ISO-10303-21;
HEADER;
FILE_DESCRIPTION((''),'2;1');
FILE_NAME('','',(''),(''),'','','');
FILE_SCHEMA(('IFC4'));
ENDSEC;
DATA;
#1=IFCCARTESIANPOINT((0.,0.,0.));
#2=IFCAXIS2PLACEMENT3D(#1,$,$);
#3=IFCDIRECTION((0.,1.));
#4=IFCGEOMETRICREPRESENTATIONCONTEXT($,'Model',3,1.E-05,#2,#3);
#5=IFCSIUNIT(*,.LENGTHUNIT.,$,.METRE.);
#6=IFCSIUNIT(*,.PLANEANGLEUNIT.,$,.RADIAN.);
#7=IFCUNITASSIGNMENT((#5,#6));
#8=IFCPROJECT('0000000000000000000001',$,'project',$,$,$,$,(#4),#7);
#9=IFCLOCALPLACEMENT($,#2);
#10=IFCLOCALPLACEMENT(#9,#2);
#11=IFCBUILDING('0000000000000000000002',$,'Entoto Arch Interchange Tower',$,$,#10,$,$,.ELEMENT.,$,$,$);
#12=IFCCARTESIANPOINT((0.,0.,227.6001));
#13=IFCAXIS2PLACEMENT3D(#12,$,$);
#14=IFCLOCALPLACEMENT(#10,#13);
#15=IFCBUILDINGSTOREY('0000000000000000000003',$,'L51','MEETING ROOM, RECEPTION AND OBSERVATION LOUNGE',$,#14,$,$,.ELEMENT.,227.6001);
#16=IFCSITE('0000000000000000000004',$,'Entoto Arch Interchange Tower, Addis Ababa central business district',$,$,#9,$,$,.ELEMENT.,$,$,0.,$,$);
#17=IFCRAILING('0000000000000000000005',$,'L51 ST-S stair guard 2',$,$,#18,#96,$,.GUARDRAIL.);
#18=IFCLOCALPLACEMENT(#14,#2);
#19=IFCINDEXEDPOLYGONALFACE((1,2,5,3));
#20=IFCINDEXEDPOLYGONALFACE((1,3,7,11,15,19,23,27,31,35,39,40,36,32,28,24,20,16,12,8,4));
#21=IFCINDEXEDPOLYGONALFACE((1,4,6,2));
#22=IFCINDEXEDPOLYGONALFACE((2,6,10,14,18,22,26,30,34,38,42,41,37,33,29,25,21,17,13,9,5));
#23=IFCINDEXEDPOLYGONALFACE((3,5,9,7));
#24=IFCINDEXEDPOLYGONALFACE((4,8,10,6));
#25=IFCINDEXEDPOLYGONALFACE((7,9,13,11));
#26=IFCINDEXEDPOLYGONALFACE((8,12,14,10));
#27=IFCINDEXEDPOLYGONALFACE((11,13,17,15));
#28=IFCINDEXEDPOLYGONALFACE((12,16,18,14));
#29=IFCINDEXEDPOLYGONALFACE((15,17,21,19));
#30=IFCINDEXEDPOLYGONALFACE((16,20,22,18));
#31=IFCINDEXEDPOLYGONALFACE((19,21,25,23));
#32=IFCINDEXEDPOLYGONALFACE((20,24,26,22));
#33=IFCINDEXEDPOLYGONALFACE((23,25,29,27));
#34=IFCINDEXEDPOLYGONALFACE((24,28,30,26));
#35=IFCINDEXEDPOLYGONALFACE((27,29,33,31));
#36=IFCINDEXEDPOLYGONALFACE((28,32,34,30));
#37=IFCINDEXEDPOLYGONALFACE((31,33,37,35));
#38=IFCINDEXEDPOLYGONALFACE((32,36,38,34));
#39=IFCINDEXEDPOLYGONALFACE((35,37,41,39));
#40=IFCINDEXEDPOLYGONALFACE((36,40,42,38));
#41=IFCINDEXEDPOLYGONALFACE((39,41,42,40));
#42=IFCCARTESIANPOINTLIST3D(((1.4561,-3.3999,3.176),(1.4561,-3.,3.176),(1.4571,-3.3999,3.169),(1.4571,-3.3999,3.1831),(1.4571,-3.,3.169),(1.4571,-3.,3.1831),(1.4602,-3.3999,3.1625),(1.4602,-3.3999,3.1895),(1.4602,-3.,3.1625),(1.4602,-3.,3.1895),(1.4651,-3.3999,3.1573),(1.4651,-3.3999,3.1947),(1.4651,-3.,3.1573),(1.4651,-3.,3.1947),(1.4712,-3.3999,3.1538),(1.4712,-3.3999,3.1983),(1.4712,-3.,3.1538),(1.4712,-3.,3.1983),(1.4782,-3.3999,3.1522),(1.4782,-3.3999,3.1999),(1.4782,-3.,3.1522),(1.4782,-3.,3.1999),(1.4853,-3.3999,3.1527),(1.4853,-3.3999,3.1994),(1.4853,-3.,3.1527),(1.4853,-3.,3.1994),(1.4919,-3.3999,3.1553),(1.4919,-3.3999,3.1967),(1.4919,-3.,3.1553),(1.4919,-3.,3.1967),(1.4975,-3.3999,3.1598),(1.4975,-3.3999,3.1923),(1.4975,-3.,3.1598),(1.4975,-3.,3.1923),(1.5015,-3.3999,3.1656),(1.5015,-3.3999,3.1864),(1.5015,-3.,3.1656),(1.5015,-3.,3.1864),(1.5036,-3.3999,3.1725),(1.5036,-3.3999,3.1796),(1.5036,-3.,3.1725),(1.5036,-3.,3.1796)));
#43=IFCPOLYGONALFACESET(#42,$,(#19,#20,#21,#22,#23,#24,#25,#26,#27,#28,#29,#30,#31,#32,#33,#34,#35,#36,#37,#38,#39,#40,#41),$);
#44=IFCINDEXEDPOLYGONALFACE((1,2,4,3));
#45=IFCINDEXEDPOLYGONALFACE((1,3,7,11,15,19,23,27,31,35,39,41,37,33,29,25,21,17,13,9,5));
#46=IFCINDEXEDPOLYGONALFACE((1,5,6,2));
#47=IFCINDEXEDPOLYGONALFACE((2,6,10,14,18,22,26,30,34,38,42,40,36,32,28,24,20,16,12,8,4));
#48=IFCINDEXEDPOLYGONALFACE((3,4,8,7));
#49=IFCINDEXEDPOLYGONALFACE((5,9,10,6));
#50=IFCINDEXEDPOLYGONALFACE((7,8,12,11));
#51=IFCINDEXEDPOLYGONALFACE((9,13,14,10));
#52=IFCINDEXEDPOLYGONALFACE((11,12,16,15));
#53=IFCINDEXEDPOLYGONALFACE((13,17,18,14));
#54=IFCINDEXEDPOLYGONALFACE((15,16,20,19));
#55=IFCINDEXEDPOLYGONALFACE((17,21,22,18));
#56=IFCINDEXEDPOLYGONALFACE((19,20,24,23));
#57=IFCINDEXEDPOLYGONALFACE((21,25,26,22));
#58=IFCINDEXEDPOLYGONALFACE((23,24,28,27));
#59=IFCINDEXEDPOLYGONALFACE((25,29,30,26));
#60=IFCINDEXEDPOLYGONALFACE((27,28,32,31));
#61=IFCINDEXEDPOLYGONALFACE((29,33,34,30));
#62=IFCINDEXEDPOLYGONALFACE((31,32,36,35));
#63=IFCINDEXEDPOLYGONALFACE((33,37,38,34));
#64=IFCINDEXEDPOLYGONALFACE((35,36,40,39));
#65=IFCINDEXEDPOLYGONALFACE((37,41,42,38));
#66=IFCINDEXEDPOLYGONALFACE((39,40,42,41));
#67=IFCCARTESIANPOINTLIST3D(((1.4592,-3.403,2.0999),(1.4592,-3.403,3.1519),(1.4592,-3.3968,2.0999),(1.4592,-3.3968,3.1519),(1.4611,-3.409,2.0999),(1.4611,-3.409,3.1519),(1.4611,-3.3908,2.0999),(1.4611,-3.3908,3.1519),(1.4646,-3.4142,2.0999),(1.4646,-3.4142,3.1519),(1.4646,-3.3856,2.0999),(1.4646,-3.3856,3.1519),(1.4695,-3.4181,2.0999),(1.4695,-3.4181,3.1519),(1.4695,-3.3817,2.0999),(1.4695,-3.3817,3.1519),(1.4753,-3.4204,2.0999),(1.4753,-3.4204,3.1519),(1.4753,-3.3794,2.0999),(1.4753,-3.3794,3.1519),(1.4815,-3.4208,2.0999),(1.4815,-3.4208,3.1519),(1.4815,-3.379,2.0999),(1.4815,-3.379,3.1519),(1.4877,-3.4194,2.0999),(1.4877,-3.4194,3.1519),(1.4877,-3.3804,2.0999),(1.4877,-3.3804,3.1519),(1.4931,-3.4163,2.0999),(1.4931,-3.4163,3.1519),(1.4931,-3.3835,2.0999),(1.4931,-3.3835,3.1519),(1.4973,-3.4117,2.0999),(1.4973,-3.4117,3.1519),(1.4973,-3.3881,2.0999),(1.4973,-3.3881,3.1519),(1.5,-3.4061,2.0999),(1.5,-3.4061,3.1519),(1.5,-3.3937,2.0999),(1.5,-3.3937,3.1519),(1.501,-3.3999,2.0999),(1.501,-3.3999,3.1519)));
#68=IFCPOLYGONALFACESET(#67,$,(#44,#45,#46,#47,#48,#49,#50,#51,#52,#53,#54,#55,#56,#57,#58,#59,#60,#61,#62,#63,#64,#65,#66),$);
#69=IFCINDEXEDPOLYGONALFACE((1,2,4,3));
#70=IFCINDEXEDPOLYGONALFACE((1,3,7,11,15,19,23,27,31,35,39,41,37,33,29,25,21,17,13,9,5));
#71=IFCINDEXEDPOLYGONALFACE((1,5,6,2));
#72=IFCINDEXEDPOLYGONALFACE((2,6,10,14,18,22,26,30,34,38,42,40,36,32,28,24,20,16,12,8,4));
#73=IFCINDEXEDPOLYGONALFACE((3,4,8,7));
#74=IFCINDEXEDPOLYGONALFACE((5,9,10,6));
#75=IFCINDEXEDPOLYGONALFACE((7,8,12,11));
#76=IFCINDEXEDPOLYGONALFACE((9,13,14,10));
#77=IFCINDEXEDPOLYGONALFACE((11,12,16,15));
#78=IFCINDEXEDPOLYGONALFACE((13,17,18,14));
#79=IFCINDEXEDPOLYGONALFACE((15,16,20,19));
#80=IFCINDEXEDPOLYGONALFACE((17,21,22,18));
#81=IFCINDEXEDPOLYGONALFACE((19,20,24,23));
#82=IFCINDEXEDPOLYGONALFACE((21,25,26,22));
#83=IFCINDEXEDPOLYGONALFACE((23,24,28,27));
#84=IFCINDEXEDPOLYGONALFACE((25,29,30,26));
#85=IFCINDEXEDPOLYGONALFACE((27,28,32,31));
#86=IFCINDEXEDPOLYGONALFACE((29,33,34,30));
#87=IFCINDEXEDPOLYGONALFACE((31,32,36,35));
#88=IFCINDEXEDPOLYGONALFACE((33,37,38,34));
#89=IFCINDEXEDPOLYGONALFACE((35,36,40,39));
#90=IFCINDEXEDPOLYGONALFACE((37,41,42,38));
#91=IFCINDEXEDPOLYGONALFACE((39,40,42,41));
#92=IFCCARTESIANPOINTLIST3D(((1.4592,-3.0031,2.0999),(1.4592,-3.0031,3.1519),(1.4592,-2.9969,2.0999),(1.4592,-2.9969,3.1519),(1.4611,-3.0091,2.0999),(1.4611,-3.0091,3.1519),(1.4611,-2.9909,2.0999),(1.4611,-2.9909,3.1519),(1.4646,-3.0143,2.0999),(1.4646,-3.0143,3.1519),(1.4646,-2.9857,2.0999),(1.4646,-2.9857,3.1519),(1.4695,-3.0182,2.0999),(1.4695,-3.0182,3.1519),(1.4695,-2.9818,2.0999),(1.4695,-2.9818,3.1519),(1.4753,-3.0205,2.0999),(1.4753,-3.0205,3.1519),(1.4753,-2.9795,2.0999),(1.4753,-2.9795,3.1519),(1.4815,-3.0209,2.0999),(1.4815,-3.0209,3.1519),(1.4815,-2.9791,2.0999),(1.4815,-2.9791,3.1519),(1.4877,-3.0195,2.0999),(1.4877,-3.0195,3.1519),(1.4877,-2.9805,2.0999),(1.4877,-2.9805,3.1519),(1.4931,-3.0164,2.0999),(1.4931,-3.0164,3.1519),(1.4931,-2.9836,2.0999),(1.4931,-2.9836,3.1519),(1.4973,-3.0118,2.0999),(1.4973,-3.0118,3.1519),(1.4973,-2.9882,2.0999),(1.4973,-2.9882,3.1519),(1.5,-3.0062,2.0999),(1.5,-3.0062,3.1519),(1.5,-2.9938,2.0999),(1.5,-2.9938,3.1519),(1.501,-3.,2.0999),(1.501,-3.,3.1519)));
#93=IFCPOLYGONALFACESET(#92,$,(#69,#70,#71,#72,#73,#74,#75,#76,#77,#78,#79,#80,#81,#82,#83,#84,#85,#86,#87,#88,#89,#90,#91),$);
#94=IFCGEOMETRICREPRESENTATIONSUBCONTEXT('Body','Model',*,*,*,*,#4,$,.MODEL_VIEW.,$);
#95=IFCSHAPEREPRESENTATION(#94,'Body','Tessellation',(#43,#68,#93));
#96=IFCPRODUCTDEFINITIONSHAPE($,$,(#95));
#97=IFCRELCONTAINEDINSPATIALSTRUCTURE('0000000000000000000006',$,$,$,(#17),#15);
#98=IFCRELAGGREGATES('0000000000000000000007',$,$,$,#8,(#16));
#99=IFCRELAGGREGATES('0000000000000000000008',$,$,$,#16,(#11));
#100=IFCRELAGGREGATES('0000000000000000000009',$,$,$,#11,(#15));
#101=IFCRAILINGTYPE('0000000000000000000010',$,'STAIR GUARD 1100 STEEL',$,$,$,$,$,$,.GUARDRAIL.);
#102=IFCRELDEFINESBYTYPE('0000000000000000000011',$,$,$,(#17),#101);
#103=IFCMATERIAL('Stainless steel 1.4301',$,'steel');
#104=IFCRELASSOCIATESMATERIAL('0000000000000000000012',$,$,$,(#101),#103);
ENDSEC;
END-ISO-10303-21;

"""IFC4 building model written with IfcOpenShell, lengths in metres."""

from ifc_helpers import new_model, si_unit, direction, frame, origin, origin_2d, place, context, subcontext, project, spatial, circle, extrude, material, type_object, element, save


model = new_model("IFC4")

# Units and contexts
model_context = context("Model", 3, precision=1e-05, world=origin(), true_north=direction((0.0, 1.0)))
body_context = subcontext(model_context, "Body", "Model", "MODEL_VIEW")
ifc_project = project(units=[si_unit("LENGTHUNIT", "METRE"), si_unit("PLANEANGLEUNIT", "RADIAN")], contexts=[model_context])

# Site, building, storey
site_placement = place(None, origin())
site = spatial("IfcSite", under=ifc_project, at=site_placement, Name="Entoto Arch Interchange Tower, Addis Ababa central business district", CompositionType="ELEMENT", RefElevation=0.0)
building_placement = place(site_placement, origin())
building = spatial("IfcBuilding", under=site, at=building_placement, Name="Entoto Arch Interchange Tower", CompositionType="ELEMENT")
storey_placement = place(building_placement, frame((0.0, 0.0, 227.6001)))
storey = spatial("IfcBuildingStorey", under=building, at=storey_placement, Name="L51", Description="MEETING ROOM, RECEPTION AND OBSERVATION LOUNGE", CompositionType="ELEMENT", Elevation=227.6001)

# Railing
ifc_material_1 = material(Name="Stainless steel 1.4301", Category="steel")
railing_type_1 = type_object("IfcRailingType", Name="STAIR GUARD 1100 STEEL", PredefinedType="GUARDRAIL", material=ifc_material_1)
railing_1_placement = place(storey_placement, frame((1.48, -3.3999, 2.0999)))
element("IfcRailing", 1, at=railing_1_placement, inside=storey, type_object=railing_type_1, Name="L51 ST-S stair guard 2", PredefinedType="GUARDRAIL", context=body_context, shape_type="SweptSolid", body=[
    extrude(circle(Radius=0.0239, at=origin_2d()), frame((0.0, 0.0, 1.0762), z_axis=(0.0, 1.0, 0.0), x_axis=(-1.0, 0.0, 0.0)), (0.0, 0.0, 1.0), 0.3999),
    extrude(circle(Radius=0.021, at=origin_2d()), origin(), (0.0, 0.0, 1.0), 1.052),
    extrude(circle(Radius=0.021, at=origin_2d()), frame((0.0, 0.3999, 0.0)), (0.0, 0.0, 1.0), 1.052),
])

save(model, "model.ifc")
